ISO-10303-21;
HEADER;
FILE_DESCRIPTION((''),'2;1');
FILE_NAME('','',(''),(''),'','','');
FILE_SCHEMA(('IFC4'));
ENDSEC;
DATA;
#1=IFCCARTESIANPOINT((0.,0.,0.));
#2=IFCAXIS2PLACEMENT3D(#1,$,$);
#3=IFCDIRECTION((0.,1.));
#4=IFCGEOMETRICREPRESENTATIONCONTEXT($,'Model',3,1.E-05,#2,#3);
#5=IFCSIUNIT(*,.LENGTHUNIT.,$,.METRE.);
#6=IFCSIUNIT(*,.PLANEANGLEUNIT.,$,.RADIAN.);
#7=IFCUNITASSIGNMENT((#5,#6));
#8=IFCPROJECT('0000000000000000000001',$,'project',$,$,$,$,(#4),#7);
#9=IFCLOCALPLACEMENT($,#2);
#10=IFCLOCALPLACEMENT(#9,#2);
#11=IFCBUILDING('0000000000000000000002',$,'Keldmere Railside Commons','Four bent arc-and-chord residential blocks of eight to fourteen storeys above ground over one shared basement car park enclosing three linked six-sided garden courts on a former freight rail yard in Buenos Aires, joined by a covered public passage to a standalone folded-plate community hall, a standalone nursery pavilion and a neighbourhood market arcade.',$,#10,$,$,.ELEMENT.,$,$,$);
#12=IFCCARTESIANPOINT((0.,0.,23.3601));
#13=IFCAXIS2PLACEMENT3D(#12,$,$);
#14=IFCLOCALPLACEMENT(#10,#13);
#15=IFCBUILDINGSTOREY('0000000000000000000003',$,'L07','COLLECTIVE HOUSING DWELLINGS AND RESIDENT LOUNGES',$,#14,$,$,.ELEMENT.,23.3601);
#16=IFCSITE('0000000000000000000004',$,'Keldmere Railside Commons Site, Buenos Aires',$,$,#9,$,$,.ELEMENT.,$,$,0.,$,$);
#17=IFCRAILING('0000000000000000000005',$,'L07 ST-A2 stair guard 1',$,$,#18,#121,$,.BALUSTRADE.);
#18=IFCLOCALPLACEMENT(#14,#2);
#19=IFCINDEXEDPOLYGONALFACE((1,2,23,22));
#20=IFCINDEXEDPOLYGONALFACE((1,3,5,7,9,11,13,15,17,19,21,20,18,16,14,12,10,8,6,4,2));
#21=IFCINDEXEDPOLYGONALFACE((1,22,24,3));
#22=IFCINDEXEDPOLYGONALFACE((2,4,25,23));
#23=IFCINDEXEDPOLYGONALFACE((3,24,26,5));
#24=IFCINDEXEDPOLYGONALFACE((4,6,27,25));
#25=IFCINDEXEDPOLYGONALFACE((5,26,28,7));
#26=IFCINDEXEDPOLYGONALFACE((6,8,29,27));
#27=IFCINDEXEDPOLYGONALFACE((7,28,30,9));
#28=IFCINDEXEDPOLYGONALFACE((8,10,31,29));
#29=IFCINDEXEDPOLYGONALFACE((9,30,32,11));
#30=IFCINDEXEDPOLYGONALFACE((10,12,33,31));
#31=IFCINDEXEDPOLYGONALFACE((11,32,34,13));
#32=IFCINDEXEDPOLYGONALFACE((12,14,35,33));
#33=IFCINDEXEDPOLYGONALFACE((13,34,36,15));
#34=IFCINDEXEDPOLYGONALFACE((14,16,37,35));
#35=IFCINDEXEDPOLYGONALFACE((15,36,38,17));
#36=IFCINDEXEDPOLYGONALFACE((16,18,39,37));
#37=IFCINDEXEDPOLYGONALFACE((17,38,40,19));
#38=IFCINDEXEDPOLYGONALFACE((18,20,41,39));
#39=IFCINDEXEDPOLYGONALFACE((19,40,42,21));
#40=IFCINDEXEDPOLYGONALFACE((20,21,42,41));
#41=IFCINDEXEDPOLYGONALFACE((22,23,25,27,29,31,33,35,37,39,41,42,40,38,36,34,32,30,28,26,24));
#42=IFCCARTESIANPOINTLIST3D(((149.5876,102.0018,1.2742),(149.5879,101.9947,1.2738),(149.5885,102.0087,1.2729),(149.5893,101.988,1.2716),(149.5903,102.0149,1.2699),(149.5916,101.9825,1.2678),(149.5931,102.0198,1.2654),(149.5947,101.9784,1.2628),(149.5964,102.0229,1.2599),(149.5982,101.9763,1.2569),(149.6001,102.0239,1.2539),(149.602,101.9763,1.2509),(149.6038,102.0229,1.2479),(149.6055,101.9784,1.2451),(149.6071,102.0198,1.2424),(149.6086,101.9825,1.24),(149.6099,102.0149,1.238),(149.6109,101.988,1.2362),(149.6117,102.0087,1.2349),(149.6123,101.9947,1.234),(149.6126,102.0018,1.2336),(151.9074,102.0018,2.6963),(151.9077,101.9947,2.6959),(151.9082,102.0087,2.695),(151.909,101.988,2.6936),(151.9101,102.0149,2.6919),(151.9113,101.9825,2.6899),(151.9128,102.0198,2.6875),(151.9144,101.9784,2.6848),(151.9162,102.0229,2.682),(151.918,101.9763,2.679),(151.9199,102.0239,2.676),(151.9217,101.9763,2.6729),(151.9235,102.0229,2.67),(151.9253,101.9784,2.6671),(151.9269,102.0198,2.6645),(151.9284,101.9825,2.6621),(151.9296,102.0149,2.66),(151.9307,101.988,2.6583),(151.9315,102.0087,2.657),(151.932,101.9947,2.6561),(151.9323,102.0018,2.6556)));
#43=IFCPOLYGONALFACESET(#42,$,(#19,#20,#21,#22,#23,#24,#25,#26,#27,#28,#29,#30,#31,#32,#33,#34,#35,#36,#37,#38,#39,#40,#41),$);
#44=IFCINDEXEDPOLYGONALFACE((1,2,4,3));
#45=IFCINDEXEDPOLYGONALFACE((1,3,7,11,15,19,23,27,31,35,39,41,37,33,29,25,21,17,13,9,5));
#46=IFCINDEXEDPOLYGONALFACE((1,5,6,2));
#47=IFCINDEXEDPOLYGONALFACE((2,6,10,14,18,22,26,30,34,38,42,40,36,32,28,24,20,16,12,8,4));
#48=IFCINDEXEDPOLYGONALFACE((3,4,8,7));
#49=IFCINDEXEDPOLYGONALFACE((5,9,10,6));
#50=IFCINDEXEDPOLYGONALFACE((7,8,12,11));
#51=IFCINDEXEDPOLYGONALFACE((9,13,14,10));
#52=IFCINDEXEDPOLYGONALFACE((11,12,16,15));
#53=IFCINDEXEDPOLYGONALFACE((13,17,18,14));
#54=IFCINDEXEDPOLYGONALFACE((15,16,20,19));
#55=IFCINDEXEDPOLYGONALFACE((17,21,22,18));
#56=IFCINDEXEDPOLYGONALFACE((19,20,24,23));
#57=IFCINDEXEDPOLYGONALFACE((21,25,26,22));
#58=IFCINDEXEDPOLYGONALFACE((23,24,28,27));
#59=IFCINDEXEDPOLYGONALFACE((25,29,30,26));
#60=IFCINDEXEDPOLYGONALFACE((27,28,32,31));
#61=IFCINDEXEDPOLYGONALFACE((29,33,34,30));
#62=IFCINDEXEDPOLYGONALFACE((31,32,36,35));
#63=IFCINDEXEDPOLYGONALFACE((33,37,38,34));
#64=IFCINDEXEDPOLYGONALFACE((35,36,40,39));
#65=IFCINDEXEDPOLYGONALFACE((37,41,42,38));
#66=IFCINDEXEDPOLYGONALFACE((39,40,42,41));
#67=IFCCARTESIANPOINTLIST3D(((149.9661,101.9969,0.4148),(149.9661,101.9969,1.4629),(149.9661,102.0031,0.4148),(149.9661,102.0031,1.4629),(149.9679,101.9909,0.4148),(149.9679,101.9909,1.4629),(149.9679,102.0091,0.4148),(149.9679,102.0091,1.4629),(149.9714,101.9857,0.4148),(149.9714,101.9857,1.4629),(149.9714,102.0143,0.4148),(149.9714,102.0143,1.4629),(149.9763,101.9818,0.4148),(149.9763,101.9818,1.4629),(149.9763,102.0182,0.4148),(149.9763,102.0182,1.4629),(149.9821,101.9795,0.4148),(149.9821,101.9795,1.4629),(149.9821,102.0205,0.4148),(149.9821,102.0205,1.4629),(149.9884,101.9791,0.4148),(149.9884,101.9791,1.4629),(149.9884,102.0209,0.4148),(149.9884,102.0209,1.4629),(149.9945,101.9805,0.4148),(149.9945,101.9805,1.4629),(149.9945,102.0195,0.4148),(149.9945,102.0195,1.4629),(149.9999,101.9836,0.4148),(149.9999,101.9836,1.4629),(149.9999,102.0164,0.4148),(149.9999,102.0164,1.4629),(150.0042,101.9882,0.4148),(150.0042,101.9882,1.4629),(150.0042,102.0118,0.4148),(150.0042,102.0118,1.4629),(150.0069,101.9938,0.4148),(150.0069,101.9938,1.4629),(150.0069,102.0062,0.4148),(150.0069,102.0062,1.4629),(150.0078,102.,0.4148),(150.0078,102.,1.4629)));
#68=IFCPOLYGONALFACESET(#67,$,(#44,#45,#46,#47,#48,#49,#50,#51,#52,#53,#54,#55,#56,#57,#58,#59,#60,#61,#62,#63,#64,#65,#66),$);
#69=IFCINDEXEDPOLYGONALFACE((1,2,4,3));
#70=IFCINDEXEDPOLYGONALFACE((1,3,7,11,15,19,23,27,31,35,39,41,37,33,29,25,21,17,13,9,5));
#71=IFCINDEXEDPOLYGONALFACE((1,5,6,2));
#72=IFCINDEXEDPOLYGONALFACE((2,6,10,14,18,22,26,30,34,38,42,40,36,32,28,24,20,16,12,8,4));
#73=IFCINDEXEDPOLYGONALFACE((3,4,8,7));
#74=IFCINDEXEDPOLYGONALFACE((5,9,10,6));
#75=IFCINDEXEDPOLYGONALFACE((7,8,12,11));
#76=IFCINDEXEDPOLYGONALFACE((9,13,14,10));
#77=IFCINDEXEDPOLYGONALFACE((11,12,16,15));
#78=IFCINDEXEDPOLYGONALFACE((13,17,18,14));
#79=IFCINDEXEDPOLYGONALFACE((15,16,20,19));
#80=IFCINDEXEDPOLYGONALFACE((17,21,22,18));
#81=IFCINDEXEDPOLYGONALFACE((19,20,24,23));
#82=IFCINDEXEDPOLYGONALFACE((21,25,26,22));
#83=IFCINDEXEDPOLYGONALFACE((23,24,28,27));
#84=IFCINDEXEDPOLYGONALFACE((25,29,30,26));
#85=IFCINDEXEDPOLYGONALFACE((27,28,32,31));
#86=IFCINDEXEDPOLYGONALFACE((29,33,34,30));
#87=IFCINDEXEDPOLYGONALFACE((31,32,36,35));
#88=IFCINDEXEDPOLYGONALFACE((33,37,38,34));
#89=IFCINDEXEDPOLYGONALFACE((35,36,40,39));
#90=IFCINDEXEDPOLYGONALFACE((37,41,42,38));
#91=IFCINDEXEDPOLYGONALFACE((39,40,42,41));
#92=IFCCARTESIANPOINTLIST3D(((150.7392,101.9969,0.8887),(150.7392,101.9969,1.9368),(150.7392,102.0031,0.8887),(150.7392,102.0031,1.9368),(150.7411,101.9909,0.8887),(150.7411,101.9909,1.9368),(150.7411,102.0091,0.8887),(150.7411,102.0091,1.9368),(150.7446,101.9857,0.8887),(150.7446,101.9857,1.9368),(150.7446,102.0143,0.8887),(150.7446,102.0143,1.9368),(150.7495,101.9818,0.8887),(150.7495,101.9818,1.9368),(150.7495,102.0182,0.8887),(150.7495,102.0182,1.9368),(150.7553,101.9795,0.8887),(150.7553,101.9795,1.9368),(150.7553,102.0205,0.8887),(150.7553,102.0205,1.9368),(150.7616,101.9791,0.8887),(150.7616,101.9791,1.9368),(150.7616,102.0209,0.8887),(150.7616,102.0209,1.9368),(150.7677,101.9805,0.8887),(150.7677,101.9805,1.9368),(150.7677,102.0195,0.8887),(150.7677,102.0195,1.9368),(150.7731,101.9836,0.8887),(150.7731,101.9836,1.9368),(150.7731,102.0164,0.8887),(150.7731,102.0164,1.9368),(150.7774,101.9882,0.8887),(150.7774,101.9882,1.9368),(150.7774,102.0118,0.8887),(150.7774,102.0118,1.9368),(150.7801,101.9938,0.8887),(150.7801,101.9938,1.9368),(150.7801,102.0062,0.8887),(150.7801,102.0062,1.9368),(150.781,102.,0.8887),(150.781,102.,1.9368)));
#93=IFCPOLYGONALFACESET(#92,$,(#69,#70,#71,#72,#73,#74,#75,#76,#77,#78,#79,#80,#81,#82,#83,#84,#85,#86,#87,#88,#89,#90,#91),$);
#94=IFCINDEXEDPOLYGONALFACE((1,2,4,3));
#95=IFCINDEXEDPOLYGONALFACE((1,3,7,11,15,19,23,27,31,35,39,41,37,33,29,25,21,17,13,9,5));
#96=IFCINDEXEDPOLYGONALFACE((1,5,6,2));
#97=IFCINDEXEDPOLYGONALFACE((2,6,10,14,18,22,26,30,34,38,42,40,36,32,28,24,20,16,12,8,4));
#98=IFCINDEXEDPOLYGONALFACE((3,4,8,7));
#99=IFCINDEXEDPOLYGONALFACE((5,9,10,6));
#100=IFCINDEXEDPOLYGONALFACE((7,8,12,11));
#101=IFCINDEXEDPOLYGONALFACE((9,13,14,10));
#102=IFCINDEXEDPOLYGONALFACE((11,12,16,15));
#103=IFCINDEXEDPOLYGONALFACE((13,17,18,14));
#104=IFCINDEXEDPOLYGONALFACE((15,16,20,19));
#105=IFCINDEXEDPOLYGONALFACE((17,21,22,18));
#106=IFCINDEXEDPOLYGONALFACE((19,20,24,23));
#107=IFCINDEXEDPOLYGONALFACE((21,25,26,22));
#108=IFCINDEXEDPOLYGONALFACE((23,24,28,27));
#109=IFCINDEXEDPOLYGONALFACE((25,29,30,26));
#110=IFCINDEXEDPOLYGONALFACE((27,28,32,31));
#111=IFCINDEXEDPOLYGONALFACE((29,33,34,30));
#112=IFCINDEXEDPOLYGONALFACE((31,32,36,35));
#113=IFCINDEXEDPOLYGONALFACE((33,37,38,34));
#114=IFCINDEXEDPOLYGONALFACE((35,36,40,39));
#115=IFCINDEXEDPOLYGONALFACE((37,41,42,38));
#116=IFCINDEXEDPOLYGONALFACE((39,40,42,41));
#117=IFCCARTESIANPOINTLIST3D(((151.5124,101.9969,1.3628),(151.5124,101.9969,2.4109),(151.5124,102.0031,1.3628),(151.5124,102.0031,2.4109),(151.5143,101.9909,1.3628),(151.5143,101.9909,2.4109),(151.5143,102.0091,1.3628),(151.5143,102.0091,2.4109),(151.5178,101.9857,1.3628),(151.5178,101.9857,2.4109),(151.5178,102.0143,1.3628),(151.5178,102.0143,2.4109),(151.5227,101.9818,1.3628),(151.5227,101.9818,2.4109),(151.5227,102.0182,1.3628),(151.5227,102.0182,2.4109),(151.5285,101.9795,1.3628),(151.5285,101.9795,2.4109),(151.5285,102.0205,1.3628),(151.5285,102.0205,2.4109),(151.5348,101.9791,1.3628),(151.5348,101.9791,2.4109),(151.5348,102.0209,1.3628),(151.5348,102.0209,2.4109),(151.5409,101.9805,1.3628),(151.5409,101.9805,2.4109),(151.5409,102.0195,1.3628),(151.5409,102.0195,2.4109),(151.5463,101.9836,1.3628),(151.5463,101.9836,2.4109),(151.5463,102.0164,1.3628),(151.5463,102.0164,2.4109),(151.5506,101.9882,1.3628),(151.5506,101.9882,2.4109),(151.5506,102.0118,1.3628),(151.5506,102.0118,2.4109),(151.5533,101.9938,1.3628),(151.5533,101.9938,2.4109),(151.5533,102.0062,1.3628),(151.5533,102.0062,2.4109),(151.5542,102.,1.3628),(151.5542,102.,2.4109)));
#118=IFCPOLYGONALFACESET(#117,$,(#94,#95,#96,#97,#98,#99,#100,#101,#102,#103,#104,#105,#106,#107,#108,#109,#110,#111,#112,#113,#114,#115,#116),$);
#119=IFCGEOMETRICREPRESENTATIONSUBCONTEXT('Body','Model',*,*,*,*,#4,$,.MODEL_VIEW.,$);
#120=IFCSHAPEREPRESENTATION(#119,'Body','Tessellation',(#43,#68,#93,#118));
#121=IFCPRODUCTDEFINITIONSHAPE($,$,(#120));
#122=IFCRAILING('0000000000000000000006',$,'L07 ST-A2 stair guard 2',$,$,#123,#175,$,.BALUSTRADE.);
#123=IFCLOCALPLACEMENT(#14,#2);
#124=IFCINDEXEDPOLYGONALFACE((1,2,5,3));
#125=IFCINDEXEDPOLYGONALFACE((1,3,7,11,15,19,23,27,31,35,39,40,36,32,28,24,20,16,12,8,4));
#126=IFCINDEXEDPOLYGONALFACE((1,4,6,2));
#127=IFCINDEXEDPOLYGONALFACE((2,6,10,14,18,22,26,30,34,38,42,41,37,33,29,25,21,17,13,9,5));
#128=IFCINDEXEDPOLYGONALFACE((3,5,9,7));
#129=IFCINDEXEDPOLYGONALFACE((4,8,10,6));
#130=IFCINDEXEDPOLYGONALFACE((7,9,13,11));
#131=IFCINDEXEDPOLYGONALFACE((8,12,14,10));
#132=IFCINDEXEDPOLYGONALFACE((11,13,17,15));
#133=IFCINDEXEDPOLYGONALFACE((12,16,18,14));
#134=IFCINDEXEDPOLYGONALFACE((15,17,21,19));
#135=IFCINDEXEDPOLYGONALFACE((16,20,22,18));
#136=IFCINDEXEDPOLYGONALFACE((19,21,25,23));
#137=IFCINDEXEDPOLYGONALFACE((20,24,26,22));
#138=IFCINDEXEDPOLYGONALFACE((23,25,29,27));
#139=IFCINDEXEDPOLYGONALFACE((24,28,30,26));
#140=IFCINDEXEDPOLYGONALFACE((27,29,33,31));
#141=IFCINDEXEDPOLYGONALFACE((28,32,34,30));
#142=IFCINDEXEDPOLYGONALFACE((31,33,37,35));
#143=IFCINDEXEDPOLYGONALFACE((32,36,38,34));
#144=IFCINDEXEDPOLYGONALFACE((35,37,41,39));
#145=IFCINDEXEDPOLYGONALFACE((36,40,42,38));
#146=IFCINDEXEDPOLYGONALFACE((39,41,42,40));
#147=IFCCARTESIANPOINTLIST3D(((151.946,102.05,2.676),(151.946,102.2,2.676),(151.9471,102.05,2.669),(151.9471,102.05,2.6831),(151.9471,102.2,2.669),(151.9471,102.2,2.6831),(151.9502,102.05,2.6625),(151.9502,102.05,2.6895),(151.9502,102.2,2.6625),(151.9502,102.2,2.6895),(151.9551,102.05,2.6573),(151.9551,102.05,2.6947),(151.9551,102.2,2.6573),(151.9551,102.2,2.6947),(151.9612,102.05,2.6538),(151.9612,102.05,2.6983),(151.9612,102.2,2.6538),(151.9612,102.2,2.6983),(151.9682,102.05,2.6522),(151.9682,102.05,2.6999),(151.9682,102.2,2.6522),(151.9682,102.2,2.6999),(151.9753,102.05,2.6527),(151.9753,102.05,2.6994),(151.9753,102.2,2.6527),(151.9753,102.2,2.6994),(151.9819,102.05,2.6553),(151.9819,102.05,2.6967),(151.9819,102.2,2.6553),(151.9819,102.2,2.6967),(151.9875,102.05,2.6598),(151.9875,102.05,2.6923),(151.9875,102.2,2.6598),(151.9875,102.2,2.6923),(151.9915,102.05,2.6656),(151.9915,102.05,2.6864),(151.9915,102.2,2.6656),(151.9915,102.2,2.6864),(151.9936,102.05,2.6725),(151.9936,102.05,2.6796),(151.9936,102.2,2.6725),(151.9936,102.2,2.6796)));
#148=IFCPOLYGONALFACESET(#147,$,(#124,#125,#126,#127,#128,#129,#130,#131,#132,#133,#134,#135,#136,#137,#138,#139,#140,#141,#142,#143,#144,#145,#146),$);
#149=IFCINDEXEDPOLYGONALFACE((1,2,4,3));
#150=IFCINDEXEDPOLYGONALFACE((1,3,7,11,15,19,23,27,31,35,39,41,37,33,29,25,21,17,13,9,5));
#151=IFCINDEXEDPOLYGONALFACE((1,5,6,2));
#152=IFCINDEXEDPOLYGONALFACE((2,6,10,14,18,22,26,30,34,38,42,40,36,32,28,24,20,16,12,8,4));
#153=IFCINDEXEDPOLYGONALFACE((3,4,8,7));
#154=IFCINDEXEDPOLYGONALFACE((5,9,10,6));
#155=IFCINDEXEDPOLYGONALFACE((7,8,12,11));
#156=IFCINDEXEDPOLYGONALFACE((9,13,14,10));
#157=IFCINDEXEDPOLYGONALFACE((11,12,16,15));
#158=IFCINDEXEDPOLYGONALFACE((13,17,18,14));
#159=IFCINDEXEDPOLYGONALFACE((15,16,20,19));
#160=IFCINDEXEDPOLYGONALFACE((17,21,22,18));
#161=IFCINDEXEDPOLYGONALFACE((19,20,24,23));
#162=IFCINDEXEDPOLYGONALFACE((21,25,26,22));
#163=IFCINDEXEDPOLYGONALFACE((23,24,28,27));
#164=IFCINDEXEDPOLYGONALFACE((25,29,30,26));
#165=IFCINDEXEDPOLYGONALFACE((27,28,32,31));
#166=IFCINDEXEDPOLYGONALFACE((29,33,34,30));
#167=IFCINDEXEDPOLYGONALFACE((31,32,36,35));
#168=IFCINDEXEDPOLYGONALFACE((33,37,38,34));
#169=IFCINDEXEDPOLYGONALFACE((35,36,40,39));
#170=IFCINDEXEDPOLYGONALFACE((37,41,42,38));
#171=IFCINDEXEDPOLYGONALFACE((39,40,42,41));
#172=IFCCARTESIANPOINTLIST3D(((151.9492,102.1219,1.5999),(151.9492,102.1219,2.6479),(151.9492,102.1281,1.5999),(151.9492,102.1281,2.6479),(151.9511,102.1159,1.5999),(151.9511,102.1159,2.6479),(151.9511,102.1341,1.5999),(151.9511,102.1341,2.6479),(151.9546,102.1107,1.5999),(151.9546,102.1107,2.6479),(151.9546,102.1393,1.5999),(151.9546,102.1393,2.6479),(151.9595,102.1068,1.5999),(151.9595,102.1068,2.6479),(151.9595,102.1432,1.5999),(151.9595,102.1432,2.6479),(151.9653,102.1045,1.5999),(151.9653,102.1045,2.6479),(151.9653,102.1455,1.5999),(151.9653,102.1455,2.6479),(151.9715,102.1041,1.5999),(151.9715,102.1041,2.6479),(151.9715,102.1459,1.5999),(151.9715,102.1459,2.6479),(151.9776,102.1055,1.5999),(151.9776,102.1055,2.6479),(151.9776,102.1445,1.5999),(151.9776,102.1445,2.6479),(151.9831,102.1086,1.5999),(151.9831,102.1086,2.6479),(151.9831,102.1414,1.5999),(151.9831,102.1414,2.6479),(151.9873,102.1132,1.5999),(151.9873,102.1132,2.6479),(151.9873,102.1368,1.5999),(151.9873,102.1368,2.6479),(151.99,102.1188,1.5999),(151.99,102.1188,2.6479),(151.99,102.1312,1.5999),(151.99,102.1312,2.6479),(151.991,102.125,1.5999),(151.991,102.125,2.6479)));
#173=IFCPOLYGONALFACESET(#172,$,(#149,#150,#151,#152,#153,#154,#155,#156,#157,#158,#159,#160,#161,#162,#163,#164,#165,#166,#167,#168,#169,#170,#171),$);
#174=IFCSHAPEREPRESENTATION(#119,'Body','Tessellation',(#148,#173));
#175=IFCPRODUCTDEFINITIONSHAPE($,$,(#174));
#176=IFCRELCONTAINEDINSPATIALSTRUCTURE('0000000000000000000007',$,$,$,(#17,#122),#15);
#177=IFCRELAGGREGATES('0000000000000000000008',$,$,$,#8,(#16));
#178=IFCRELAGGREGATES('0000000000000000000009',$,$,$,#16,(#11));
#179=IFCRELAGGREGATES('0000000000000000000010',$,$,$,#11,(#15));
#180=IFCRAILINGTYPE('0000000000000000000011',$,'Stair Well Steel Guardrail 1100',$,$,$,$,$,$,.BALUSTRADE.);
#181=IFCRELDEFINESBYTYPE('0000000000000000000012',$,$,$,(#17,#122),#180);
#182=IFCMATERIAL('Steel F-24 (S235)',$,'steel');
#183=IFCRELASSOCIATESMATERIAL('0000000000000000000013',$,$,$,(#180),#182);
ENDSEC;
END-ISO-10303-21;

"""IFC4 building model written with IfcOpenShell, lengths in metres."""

from ifc_helpers import new_model, si_unit, direction, frame, origin, origin_2d, place, context, subcontext, project, spatial, circle, extrude, material, type_object, element, save


model = new_model("IFC4")

# Units and contexts
model_context = context("Model", 3, precision=1e-05, world=origin(), true_north=direction((0.0, 1.0)))
body_context = subcontext(model_context, "Body", "Model", "MODEL_VIEW")
ifc_project = project(units=[si_unit("LENGTHUNIT", "METRE"), si_unit("PLANEANGLEUNIT", "RADIAN")], contexts=[model_context])

# Site, building, storey
site_placement = place(None, origin())
site = spatial("IfcSite", under=ifc_project, at=site_placement, Name="Keldmere Railside Commons Site, Buenos Aires", CompositionType="ELEMENT", RefElevation=0.0)
building_placement = place(site_placement, origin())
building = spatial("IfcBuilding", under=site, at=building_placement, Name="Keldmere Railside Commons", Description="Four bent arc-and-chord residential blocks of eight to fourteen storeys above ground over one shared basement car park enclosing three linked six-sided garden courts on a former freight rail yard in Buenos Aires, joined by a covered public passage to a standalone folded-plate community hall, a standalone nursery pavilion and a neighbourhood market arcade.", CompositionType="ELEMENT")
storey_placement = place(building_placement, frame((0.0, 0.0, 23.3601)))
storey = spatial("IfcBuildingStorey", under=building, at=storey_placement, Name="L07", Description="COLLECTIVE HOUSING DWELLINGS AND RESIDENT LOUNGES", CompositionType="ELEMENT", Elevation=23.3601)

# Railings
ifc_material_1 = material(Name="Steel F-24 (S235)", Category="steel")
railing_type_1 = type_object("IfcRailingType", Name="Stair Well Steel Guardrail 1100", PredefinedType="BALUSTRADE", material=ifc_material_1)
railing_1_placement = place(storey_placement, frame((149.6001, 102.0, 0.1777)))
element("IfcRailing", 1, at=railing_1_placement, inside=storey, type_object=railing_type_1, Name="L07 ST-A2 stair guard 1", PredefinedType="BALUSTRADE", context=body_context, shape_type="SweptSolid", body=[
    extrude(circle(Radius=0.0239, at=origin_2d()), frame((0.0, 0.0, 1.0762), z_axis=(0.852554, 0.0, 0.52264), x_axis=(0.0, 1.0, 0.0)), (0.0, 0.0, 1.0), 2.7209),
    extrude(circle(Radius=0.021, at=origin_2d()), frame((0.3867, 0.0, 0.2371)), (0.0, 0.0, 1.0), 1.0481),
    extrude(circle(Radius=0.021, at=origin_2d()), frame((1.1599, 0.0, 0.7109)), (0.0, 0.0, 1.0), 1.0481),
    extrude(circle(Radius=0.021, at=origin_2d()), frame((1.9331, 0.0, 1.1851)), (0.0, 0.0, 1.0), 1.0481),
])
railing_2_placement = place(storey_placement, frame((151.97, 102.05, 1.5999)))
element("IfcRailing", 2, at=railing_2_placement, inside=storey, type_object=railing_type_1, Name="L07 ST-A2 stair guard 2", PredefinedType="BALUSTRADE", context=body_context, shape_type="SweptSolid", body=[
    extrude(circle(Radius=0.0239, at=origin_2d()), frame((0.0, 0.0, 1.0762), z_axis=(0.0, 1.0, 0.0), x_axis=(-1.0, 0.0, 0.0)), (0.0, 0.0, 1.0), 0.1499),
    extrude(circle(Radius=0.021, at=origin_2d()), frame((0.0, 0.075, 0.0)), (0.0, 0.0, 1.0), 1.0481),
])

save(model, "model.ifc")
